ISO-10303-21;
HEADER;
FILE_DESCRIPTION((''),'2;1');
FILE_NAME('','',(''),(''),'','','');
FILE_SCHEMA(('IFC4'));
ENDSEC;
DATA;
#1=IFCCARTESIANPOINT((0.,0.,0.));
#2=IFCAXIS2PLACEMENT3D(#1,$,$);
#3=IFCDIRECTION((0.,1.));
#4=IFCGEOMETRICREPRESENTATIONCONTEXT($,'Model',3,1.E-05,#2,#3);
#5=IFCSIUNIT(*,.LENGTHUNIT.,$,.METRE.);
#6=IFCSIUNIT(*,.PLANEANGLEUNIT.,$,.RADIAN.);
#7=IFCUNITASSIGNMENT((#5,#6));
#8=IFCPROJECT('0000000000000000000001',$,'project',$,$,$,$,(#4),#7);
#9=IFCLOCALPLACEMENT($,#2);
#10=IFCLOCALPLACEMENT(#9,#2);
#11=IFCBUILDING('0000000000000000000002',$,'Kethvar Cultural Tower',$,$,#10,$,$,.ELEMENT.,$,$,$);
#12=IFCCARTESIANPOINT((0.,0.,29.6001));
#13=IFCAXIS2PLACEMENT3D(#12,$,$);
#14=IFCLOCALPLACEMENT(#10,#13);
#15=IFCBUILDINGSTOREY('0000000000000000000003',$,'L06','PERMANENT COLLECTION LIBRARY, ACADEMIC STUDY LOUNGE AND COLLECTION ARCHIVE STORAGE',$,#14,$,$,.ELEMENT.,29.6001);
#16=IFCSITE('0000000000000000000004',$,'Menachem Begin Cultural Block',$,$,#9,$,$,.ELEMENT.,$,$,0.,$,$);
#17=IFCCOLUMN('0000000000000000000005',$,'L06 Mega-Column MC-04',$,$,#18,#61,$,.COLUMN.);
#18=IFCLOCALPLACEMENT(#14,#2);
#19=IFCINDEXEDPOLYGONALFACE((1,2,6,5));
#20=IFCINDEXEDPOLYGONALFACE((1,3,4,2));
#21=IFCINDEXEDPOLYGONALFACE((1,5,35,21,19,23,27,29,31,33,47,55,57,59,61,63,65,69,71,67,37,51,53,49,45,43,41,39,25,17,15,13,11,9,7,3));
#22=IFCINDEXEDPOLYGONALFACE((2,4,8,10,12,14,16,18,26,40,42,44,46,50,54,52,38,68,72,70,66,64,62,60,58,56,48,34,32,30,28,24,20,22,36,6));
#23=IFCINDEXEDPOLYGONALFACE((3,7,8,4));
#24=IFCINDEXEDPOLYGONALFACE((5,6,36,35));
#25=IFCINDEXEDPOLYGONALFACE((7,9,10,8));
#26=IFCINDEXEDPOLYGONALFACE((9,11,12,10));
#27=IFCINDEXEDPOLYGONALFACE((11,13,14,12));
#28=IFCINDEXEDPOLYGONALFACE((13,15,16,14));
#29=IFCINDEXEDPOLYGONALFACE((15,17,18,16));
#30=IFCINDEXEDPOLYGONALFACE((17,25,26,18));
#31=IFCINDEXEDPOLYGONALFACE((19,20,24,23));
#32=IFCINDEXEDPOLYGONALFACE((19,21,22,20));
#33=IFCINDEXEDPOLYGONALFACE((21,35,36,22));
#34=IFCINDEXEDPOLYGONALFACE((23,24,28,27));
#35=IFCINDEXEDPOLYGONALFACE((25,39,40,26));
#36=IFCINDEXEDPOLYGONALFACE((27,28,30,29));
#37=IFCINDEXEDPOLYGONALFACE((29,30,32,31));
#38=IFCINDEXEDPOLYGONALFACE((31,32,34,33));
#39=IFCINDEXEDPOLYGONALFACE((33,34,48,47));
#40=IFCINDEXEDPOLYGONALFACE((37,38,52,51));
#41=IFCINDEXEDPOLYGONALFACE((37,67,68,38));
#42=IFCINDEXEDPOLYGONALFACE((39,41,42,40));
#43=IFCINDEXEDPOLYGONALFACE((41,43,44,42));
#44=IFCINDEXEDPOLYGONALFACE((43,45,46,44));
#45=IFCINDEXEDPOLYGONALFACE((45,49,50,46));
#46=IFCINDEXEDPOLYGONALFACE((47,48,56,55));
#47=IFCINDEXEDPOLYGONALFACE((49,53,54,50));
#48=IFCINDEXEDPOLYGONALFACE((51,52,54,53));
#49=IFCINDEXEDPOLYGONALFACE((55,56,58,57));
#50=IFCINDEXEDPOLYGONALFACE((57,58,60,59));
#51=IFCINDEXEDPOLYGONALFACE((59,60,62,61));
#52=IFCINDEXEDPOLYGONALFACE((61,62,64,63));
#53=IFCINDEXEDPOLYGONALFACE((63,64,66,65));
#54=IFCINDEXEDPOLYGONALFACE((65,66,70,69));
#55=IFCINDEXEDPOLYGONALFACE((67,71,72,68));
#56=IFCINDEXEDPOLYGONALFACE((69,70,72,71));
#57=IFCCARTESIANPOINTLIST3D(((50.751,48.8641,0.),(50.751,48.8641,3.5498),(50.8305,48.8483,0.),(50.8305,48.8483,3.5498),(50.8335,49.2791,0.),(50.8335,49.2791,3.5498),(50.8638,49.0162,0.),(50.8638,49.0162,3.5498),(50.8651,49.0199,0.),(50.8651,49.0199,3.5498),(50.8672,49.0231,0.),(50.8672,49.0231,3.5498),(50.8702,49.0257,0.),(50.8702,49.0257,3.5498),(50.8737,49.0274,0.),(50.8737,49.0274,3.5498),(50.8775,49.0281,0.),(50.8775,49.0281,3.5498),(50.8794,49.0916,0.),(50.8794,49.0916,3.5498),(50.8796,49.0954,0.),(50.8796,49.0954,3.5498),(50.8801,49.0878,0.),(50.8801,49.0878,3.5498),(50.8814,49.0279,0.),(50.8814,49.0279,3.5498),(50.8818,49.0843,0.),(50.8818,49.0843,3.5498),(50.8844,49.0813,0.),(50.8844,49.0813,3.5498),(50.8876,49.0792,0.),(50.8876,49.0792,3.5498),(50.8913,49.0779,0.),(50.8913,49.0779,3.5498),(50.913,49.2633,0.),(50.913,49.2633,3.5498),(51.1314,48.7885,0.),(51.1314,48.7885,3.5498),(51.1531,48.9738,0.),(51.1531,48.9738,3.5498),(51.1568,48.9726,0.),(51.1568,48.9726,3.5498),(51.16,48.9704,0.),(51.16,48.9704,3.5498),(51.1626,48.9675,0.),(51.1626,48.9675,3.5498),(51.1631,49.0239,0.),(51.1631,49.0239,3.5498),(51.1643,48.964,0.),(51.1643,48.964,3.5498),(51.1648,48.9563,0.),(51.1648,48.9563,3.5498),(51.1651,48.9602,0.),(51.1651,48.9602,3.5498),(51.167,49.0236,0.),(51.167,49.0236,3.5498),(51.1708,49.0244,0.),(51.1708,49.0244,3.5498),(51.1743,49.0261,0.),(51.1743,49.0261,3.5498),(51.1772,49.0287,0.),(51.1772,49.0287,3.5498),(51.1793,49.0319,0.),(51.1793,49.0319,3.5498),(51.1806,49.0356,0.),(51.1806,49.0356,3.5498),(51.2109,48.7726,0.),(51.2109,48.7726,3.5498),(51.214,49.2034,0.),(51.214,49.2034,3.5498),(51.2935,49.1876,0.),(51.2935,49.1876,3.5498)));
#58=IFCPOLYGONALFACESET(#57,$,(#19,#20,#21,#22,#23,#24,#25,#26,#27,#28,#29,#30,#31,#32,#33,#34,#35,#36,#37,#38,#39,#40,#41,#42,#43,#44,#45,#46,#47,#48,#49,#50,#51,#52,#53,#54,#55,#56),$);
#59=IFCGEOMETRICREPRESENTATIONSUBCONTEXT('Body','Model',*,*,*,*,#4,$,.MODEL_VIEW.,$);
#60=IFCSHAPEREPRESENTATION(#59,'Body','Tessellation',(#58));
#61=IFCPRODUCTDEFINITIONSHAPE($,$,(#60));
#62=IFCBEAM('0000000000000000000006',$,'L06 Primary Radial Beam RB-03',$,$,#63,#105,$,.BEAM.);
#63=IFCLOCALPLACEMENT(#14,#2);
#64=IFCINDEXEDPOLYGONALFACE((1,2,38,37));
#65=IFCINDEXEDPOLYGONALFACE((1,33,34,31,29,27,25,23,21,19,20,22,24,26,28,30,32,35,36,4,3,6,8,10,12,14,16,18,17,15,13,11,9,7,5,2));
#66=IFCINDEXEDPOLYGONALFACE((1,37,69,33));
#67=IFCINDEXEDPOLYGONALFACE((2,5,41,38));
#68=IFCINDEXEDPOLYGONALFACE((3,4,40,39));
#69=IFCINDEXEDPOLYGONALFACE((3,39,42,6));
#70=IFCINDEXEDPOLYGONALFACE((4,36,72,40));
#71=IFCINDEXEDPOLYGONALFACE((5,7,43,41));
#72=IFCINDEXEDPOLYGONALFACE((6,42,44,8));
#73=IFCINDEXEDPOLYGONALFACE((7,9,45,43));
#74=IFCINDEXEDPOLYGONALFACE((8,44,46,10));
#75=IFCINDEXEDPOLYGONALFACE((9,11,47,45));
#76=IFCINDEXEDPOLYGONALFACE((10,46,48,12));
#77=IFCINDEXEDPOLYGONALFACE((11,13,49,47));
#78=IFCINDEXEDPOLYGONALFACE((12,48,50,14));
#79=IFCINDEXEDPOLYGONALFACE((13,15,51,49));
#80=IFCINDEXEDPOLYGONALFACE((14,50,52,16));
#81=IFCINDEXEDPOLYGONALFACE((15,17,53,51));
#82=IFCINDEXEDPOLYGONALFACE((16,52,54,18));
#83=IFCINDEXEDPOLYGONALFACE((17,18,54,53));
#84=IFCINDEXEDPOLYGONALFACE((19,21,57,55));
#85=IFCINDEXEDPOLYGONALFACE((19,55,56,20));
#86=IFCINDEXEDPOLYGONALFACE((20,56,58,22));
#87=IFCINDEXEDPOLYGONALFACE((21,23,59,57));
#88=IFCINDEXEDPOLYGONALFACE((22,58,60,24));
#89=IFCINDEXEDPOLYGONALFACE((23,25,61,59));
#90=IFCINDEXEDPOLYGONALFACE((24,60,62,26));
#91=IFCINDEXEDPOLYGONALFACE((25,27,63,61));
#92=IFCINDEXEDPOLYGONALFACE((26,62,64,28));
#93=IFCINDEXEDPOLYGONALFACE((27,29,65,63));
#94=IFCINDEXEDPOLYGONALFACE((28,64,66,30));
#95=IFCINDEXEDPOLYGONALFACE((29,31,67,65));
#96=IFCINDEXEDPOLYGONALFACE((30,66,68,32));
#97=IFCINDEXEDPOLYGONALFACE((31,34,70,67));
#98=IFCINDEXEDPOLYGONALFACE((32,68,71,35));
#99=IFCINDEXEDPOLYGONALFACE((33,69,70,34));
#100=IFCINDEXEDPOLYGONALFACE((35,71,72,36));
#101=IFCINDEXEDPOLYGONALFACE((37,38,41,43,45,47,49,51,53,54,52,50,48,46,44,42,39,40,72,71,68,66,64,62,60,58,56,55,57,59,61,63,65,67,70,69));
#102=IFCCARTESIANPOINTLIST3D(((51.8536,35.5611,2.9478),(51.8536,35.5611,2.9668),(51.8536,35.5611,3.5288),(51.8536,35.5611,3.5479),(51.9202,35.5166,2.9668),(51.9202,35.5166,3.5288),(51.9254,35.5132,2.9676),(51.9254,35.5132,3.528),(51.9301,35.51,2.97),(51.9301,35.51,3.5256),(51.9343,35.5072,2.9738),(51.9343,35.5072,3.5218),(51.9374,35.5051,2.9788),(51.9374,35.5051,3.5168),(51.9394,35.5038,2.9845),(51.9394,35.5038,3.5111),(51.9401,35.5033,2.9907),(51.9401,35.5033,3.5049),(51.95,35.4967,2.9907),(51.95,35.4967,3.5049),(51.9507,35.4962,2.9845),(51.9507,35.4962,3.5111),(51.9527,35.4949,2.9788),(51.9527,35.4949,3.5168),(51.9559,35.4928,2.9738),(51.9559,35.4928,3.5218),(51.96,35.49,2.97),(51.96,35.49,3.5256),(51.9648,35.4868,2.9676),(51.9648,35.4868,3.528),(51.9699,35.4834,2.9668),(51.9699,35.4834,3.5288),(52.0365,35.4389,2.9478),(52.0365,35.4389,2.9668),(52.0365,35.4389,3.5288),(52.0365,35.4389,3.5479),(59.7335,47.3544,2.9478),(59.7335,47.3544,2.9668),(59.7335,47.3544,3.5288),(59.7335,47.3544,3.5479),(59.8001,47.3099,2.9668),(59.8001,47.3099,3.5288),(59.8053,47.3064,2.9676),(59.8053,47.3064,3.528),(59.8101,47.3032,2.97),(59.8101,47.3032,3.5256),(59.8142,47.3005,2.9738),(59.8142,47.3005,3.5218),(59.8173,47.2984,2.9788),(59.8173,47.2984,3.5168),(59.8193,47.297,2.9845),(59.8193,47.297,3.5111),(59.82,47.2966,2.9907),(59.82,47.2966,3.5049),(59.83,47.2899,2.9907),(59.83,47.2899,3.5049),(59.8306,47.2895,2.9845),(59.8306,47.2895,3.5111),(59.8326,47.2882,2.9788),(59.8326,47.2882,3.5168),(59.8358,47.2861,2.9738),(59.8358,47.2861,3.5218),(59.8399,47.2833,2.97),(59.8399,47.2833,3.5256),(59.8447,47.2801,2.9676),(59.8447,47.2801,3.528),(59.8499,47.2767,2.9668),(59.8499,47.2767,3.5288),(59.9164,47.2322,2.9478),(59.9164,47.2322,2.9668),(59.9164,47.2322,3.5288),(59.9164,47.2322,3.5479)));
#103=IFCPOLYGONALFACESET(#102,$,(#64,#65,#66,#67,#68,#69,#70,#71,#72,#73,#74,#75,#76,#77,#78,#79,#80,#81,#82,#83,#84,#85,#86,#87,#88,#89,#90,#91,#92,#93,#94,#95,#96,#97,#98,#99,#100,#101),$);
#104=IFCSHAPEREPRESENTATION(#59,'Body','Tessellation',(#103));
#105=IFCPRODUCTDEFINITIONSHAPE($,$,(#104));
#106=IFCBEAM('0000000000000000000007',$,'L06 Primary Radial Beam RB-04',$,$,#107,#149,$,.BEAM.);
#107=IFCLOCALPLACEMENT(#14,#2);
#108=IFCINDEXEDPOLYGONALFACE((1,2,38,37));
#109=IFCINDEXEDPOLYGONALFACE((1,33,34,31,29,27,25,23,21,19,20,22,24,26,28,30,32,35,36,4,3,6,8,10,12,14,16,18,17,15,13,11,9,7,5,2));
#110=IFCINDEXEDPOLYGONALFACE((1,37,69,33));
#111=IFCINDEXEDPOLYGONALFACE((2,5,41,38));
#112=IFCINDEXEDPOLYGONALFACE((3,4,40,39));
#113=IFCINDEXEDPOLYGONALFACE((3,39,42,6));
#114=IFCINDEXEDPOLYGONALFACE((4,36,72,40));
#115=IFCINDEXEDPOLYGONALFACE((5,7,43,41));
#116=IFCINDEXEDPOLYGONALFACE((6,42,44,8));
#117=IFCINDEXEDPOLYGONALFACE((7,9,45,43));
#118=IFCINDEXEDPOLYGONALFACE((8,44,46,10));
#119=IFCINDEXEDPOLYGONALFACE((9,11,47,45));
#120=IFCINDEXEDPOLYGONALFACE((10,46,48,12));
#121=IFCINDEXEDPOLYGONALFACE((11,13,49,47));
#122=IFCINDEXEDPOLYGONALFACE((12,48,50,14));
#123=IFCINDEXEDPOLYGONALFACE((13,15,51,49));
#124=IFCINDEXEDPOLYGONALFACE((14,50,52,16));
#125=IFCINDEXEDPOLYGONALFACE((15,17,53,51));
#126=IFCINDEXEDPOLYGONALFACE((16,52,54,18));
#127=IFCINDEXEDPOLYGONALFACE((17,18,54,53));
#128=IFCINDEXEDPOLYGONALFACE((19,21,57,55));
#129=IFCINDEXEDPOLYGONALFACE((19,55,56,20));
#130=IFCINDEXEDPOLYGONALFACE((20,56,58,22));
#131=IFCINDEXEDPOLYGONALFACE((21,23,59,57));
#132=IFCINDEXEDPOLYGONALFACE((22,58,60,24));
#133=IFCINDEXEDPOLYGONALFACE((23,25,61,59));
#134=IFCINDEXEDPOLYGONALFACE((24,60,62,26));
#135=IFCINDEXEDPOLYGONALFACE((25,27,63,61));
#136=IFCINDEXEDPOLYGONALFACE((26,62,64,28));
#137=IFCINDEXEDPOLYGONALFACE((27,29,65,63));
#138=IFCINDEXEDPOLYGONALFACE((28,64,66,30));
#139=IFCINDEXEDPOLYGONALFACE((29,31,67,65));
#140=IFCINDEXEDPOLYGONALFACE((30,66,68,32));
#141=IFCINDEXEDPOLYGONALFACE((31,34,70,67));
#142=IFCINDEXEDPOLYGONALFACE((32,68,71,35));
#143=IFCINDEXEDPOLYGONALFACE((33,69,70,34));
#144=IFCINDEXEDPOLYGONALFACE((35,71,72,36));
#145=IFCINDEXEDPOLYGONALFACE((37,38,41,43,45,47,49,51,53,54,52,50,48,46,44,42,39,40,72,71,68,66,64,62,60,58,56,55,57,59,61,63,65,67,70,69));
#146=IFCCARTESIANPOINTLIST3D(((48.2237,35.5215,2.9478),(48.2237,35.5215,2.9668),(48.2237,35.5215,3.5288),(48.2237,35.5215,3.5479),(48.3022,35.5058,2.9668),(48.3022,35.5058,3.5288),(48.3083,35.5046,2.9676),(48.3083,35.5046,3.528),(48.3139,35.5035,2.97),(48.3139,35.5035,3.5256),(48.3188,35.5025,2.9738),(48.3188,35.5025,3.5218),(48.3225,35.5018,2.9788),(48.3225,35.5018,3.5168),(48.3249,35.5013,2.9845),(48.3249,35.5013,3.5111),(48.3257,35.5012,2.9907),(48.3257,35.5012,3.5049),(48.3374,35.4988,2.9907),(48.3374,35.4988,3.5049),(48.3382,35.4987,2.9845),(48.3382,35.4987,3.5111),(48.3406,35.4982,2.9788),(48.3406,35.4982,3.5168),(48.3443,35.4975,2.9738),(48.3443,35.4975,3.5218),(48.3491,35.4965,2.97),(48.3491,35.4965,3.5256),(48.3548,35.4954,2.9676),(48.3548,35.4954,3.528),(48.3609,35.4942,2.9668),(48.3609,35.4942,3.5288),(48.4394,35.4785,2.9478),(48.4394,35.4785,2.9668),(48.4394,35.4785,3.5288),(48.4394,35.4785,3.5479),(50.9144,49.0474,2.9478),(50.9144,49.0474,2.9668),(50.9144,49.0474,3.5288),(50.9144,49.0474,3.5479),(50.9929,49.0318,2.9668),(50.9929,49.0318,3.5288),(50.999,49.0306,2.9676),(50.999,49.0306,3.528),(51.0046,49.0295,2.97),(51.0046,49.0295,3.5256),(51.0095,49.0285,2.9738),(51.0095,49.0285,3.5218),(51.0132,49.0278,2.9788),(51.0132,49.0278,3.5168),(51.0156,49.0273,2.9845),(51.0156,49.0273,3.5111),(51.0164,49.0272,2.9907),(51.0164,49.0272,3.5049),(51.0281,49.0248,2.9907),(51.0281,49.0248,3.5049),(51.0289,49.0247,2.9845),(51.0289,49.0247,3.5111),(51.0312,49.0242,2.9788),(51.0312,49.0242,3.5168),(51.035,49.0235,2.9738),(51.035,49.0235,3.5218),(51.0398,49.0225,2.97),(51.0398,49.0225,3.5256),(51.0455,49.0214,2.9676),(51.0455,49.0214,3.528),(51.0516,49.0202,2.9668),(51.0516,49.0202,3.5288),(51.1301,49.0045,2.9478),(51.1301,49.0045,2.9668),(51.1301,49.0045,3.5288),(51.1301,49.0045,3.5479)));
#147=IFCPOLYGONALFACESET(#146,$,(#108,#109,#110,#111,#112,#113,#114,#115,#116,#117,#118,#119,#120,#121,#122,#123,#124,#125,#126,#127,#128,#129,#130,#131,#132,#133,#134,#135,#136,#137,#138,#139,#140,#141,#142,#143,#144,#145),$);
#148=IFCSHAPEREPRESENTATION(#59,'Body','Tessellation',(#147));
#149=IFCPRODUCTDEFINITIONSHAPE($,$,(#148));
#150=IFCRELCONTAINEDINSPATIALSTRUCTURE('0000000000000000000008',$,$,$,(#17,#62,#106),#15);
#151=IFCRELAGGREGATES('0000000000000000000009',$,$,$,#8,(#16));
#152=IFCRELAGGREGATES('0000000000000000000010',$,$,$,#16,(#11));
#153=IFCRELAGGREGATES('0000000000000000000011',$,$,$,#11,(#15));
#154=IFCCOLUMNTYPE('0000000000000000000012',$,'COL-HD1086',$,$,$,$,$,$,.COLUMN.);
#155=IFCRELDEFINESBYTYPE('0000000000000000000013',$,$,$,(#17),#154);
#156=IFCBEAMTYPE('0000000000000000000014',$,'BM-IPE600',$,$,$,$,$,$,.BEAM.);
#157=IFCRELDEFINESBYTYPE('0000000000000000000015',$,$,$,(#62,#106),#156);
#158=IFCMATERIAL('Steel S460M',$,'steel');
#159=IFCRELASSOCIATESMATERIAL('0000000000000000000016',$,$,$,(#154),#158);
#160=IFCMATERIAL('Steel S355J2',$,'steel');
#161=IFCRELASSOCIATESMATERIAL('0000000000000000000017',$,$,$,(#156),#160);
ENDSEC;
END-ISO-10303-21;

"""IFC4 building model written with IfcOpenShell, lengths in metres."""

from ifc_helpers import new_model, si_unit, direction, frame, origin, origin_2d, place, context, subcontext, project, spatial, i_section, extrude, source, transform, mapped, material, material_profile, profile_set, type_object, element, save


model = new_model("IFC4")

# Units and contexts
model_context = context("Model", 3, precision=1e-05, world=origin(), true_north=direction((0.0, 1.0)))
body_context = subcontext(model_context, "Body", "Model", "MODEL_VIEW")
ifc_project = project(units=[si_unit("LENGTHUNIT", "METRE"), si_unit("PLANEANGLEUNIT", "RADIAN")], contexts=[model_context])

# Site, building, storey
site_placement = place(None, origin())
site = spatial("IfcSite", under=ifc_project, at=site_placement, Name="Menachem Begin Cultural Block", CompositionType="ELEMENT", RefElevation=0.0)
building_placement = place(site_placement, origin())
building = spatial("IfcBuilding", under=site, at=building_placement, Name="Kethvar Cultural Tower", CompositionType="ELEMENT")
storey_placement = place(building_placement, frame((0.0, 0.0, 29.6001)))
storey = spatial("IfcBuildingStorey", under=building, at=storey_placement, Name="L06", Description="PERMANENT COLLECTION LIBRARY, ACADEMIC STUDY LOUNGE AND COLLECTION ARCHIVE STORAGE", CompositionType="ELEMENT", Elevation=29.6001)

# Column
ifc_material_1 = material(Name="Steel S460M", Category="steel")
ifc_material_profile_1 = material_profile(ifc_material_1, i_section(OverallWidth=0.4231, OverallDepth=0.469, WebThickness=0.051, FlangeThickness=0.0811, FilletRadius=0.0149, at=origin_2d()), Name="Steel S460M — HD400x1086")
ifc_profile_set_1 = profile_set([ifc_material_profile_1], Name="Steel S460M — HD400x1086")
column_type = type_object("IfcColumnType", Name="COL-HD1086", PredefinedType="COLUMN", material=ifc_profile_set_1)
shared_shape_1 = source(origin(), body_context, "Body", "SweptSolid", [
    extrude(i_section(OverallWidth=0.4231, OverallDepth=0.469, WebThickness=0.051, FlangeThickness=0.0811, FilletRadius=0.0149, at=origin_2d()), origin(), (0.0, 0.0, 1.0), 3.5498),
])
column_placement = place(storey_placement, frame((51.0222, 49.0259, 0.0), z_axis=(0.0, 0.0, 1.0), x_axis=(0.19509, 0.980785, 0.0)))
element("IfcColumn", 1, at=column_placement, inside=storey, type_object=column_type, Name="L06 Mega-Column MC-04", PredefinedType="COLUMN", context=body_context, shape_type="MappedRepresentation", body=[
    mapped(shared_shape_1, transform((0.0, 0.0, 0.0), scale=1.0)),
])

# Beams
ifc_material_2 = material(Name="Steel S355J2", Category="steel")
ifc_material_profile_2 = material_profile(ifc_material_2, i_section(OverallWidth=0.22, OverallDepth=0.6001, WebThickness=0.012, FlangeThickness=0.019, FilletRadius=0.0239, at=origin_2d()), Name="Steel S355J2 — IPE600")
ifc_profile_set_2 = profile_set([ifc_material_profile_2], Name="Steel S355J2 — IPE600")
beam_type_1 = type_object("IfcBeamType", Name="BM-IPE600", PredefinedType="BEAM", material=ifc_profile_set_2)
shared_shape_2 = source(origin(), body_context, "Body", "SweptSolid", [
    extrude(i_section(OverallWidth=0.22, OverallDepth=0.6001, WebThickness=0.012, FlangeThickness=0.019, FilletRadius=0.0239, at=origin_2d()), origin(), (0.0, 0.0, 1.0), 14.1836),
])
beam_1_placement = place(storey_placement, frame((51.9451, 35.5, 3.2478), z_axis=(0.555566, 0.831473, 0.0), x_axis=(-0.831473, 0.555566, 0.0)))
element("IfcBeam", 2, at=beam_1_placement, inside=storey, type_object=beam_type_1, Name="L06 Primary Radial Beam RB-03", PredefinedType="BEAM", context=body_context, shape_type="MappedRepresentation", body=[
    mapped(shared_shape_2, transform((0.0, 0.0, 0.0), scale=1.0)),
])
shared_shape_3 = source(origin(), body_context, "Body", "SweptSolid", [
    extrude(i_section(OverallWidth=0.22, OverallDepth=0.6001, WebThickness=0.012, FlangeThickness=0.019, FilletRadius=0.0239, at=origin_2d()), origin(), (0.0, 0.0, 1.0), 13.791),
])
beam_2_placement = place(storey_placement, frame((48.3315, 35.5, 3.2478), z_axis=(0.195105, 0.980782, 0.0), x_axis=(-0.980782, 0.195105, 0.0)))
element("IfcBeam", 3, at=beam_2_placement, inside=storey, type_object=beam_type_1, Name="L06 Primary Radial Beam RB-04", PredefinedType="BEAM", context=body_context, shape_type="MappedRepresentation", body=[
    mapped(shared_shape_3, transform((0.0, 0.0, 0.0), scale=1.0)),
])

save(model, "model.ifc")
